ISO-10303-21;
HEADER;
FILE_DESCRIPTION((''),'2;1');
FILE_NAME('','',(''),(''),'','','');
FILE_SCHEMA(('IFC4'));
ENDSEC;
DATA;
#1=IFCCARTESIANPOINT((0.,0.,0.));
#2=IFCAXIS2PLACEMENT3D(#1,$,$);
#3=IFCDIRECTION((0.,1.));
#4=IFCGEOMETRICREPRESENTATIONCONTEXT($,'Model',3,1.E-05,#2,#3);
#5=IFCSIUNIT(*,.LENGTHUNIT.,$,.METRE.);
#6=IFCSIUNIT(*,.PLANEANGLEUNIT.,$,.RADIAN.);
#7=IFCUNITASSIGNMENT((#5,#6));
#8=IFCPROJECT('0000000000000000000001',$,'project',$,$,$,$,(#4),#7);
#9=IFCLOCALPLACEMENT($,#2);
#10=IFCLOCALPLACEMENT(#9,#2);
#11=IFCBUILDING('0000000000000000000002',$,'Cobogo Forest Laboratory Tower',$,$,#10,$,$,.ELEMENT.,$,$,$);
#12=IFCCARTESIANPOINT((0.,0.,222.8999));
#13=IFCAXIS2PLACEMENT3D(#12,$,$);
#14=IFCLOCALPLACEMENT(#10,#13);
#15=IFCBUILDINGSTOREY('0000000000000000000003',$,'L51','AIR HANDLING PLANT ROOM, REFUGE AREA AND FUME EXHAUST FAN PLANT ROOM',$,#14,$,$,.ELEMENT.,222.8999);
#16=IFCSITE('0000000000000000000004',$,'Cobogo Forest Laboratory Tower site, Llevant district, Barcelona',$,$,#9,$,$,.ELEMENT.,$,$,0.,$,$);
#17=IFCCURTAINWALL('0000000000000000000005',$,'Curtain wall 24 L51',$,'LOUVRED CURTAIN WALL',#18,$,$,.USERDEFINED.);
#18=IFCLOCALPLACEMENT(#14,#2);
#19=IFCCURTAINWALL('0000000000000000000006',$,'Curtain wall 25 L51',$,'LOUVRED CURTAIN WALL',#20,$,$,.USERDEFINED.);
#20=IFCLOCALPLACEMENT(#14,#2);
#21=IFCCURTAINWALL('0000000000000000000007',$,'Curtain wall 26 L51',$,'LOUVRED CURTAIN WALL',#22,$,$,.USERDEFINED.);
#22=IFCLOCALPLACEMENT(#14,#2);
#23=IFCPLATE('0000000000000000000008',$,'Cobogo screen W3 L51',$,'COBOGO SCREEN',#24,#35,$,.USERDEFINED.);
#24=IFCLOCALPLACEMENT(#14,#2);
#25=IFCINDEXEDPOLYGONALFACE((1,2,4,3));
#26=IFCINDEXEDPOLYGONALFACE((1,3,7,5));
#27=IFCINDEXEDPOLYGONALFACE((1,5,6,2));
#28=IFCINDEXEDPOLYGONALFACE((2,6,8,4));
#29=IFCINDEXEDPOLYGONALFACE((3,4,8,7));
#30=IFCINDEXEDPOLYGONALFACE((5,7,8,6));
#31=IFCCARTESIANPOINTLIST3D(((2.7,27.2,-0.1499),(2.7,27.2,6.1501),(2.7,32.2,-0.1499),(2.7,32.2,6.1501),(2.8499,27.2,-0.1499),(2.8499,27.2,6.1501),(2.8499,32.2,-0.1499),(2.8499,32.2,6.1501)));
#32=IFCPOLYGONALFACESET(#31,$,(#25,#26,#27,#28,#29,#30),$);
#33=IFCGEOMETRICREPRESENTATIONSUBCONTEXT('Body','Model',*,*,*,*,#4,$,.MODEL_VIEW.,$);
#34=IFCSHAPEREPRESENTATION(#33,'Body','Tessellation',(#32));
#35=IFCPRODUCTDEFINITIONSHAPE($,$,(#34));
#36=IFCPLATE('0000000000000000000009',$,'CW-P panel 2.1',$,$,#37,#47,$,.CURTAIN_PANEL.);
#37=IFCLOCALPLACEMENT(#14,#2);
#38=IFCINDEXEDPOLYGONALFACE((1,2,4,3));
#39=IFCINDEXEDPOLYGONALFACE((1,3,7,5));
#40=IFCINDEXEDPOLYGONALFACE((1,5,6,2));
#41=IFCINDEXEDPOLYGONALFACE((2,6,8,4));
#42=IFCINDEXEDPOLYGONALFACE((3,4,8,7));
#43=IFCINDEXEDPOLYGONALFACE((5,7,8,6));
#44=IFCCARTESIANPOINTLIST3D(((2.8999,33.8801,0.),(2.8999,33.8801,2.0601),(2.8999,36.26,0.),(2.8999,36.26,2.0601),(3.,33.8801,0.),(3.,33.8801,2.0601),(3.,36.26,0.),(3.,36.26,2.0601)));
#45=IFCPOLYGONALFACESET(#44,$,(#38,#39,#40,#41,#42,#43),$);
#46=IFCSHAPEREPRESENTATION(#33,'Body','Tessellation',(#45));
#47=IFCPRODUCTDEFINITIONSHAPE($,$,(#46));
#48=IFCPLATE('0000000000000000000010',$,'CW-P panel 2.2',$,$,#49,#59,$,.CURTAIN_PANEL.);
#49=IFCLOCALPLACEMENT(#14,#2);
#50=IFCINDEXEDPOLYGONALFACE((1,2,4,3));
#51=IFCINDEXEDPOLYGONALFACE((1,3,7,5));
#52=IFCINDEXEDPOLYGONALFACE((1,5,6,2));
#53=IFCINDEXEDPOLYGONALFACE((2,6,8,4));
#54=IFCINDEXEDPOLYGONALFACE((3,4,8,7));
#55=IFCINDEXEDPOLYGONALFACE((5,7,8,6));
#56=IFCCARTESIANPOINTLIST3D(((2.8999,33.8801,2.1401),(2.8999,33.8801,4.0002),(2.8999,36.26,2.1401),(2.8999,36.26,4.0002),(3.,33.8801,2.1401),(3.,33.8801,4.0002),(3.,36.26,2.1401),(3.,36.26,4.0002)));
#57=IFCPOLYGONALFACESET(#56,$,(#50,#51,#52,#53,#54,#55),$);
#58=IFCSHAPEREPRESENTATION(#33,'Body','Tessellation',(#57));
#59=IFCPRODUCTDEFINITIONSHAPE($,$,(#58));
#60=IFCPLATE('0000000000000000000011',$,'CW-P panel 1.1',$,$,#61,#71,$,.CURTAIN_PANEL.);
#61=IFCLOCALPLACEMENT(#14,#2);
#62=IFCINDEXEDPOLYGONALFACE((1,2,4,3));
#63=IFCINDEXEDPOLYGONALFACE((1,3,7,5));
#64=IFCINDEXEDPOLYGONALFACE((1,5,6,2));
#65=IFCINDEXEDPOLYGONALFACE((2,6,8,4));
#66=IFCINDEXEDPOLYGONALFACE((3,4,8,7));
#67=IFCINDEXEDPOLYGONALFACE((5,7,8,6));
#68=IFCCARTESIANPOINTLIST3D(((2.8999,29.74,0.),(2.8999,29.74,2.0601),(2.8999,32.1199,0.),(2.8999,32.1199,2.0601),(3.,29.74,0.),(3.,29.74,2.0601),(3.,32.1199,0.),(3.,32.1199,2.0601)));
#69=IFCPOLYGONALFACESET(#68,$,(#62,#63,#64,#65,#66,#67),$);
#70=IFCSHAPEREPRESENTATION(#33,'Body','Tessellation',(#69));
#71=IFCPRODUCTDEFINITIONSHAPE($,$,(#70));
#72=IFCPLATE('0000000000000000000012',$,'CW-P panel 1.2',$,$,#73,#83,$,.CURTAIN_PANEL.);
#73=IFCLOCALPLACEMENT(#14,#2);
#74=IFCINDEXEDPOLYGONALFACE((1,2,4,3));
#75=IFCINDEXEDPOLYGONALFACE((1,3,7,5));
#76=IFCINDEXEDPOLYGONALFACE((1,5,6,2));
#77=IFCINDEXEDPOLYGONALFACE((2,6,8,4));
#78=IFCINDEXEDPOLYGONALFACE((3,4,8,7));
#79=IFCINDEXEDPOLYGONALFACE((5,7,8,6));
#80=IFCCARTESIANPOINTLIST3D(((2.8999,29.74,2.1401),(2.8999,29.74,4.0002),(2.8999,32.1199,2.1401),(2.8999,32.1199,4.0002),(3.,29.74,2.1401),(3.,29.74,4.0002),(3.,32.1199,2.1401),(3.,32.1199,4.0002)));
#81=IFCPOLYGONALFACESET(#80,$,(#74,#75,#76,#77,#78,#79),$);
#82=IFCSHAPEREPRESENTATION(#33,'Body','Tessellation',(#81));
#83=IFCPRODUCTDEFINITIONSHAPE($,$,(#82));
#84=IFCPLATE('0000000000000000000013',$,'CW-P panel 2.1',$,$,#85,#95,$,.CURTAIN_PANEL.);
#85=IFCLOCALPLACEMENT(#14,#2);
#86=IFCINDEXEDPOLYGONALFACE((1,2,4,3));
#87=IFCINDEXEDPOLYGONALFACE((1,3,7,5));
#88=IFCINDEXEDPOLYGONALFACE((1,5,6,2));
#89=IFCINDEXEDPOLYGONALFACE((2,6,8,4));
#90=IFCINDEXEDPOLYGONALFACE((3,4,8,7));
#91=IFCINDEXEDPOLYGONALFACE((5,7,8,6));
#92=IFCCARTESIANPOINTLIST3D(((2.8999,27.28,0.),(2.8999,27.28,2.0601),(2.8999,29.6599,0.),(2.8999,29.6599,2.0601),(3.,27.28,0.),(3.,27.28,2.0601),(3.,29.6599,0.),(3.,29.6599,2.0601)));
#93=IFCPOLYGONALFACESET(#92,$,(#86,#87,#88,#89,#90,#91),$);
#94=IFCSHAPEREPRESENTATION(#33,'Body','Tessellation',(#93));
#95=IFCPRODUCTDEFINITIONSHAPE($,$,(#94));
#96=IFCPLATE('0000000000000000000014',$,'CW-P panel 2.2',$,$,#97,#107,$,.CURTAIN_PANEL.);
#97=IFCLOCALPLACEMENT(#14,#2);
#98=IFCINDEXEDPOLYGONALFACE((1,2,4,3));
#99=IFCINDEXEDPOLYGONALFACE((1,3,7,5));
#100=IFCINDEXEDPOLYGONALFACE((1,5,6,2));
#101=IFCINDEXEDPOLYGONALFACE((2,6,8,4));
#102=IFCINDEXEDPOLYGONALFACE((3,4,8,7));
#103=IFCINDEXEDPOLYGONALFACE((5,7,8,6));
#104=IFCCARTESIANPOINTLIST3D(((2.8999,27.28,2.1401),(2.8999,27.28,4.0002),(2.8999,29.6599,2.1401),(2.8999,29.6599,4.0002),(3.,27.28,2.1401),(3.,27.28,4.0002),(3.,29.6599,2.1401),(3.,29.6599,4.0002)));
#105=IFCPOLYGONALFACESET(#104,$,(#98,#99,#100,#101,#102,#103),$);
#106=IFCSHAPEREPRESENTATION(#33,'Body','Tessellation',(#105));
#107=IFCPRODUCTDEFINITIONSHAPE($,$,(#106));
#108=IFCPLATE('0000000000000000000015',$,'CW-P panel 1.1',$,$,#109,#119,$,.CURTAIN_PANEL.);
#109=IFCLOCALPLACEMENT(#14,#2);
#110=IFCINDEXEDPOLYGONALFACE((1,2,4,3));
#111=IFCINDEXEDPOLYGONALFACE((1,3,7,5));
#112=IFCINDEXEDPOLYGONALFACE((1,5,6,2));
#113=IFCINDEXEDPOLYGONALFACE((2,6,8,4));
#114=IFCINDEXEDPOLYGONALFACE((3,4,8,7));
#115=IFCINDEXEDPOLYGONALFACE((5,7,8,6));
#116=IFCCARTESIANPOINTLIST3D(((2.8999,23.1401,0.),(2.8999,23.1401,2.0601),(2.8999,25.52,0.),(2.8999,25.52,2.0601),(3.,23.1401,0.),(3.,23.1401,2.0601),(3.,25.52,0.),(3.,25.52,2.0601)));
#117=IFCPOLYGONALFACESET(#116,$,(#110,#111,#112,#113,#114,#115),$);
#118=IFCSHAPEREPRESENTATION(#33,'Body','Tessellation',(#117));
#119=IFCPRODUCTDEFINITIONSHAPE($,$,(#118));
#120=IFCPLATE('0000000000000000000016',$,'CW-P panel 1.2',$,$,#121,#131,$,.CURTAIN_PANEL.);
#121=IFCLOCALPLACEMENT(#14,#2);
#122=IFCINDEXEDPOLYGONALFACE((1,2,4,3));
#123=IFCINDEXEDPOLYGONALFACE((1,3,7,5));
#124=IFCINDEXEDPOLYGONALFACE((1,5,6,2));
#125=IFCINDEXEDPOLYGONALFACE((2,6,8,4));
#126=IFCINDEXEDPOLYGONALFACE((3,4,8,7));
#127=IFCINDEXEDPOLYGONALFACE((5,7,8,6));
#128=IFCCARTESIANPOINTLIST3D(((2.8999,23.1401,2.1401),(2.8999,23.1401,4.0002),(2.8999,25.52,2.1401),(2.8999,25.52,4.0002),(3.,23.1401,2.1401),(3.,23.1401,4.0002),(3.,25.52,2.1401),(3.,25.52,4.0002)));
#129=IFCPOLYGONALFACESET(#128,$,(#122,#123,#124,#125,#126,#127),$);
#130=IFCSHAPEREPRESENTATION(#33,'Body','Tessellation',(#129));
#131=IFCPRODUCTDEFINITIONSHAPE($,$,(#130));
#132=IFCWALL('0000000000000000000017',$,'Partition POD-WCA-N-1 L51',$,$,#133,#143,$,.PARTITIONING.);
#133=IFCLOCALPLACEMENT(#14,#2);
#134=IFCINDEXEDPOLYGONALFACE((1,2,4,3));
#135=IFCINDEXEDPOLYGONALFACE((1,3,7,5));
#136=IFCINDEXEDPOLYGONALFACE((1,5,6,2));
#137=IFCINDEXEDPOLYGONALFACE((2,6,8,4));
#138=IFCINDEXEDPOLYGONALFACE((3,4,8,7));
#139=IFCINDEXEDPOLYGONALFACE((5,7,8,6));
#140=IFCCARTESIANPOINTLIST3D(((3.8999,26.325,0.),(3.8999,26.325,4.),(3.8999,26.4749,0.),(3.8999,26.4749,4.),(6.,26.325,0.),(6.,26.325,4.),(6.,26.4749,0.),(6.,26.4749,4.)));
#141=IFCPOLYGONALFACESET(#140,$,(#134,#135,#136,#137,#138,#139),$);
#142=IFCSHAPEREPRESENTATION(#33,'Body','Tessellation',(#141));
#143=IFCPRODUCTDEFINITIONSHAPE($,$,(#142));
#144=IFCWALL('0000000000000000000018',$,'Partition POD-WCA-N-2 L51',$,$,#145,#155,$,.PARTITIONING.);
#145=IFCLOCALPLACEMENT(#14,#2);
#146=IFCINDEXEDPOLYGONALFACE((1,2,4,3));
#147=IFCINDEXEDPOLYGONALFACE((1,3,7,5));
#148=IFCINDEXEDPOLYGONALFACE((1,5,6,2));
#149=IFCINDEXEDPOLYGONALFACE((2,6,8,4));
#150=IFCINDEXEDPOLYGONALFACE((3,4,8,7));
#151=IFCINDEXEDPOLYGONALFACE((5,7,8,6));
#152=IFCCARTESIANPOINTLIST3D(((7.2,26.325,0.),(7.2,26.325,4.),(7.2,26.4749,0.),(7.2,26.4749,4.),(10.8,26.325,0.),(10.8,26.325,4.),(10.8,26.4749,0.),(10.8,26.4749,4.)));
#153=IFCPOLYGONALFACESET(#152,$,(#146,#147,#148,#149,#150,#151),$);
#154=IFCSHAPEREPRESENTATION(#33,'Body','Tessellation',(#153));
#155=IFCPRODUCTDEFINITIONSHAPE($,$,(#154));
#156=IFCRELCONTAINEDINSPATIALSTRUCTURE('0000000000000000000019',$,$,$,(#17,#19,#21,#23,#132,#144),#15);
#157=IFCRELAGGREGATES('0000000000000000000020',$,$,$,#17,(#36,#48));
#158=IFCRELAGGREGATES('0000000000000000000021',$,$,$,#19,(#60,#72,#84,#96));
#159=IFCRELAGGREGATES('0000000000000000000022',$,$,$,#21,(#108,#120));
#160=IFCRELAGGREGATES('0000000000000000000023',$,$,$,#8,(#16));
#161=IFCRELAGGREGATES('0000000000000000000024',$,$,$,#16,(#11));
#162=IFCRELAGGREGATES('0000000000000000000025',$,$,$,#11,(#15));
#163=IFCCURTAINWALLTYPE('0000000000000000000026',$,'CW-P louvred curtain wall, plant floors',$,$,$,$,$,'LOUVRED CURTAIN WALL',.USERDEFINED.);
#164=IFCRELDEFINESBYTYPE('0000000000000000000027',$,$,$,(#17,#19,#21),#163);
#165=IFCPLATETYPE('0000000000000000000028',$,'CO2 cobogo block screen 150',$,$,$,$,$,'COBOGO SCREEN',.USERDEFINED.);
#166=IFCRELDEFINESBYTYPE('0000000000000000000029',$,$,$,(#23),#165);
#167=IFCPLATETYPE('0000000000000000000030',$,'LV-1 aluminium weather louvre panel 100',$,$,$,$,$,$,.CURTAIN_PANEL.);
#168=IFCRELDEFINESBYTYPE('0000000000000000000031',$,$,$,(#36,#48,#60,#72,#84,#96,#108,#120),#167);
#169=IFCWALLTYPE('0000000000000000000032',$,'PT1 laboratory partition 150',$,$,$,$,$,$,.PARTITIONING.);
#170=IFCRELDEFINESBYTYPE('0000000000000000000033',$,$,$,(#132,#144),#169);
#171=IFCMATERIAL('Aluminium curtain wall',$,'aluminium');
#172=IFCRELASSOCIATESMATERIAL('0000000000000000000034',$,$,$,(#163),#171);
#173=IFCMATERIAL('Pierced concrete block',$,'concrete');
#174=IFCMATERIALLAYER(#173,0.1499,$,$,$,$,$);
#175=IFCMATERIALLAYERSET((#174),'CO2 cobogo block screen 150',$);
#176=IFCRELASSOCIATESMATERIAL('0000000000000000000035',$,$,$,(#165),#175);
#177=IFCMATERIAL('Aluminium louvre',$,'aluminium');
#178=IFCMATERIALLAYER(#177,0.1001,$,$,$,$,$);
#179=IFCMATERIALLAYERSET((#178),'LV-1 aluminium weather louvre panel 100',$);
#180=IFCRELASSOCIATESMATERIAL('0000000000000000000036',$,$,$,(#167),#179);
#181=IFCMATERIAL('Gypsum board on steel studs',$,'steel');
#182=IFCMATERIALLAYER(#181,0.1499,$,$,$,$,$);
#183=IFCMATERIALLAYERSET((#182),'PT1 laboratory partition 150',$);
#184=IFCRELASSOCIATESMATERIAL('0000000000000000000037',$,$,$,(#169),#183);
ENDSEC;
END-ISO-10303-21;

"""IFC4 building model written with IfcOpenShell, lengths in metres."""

from ifc_helpers import new_model, si_unit, direction, frame, frame_2d, origin, origin_2d, place, context, subcontext, project, spatial, rectangle, extrude, material, layer, layer_set, type_object, element, aggregate, save


model = new_model("IFC4")

# Units and contexts
model_context = context("Model", 3, precision=1e-05, world=origin(), true_north=direction((0.0, 1.0)))
body_context = subcontext(model_context, "Body", "Model", "MODEL_VIEW")
ifc_project = project(units=[si_unit("LENGTHUNIT", "METRE"), si_unit("PLANEANGLEUNIT", "RADIAN")], contexts=[model_context])

# Site, building, storey
site_placement = place(None, origin())
site = spatial("IfcSite", under=ifc_project, at=site_placement, Name="Cobogo Forest Laboratory Tower site, Llevant district, Barcelona", CompositionType="ELEMENT", RefElevation=0.0)
building_placement = place(site_placement, origin())
building = spatial("IfcBuilding", under=site, at=building_placement, Name="Cobogo Forest Laboratory Tower", CompositionType="ELEMENT")
storey_placement = place(building_placement, frame((0.0, 0.0, 222.8999)))
storey = spatial("IfcBuildingStorey", under=building, at=storey_placement, Name="L51", Description="AIR HANDLING PLANT ROOM, REFUGE AREA AND FUME EXHAUST FAN PLANT ROOM", CompositionType="ELEMENT", Elevation=222.8999)

# Curtain walls
ifc_material_1 = material(Name="Aluminium curtain wall", Category="aluminium")
curtain_wall_type = type_object("IfcCurtainWallType", Name="CW-P louvred curtain wall, plant floors", ElementType="LOUVRED CURTAIN WALL", PredefinedType="USERDEFINED", material=ifc_material_1)
curtain_wall_1_placement = place(storey_placement, origin())
curtain_wall_1 = element("IfcCurtainWall", 1, at=curtain_wall_1_placement, inside=storey, type_object=curtain_wall_type, Name="Curtain wall 24 L51", ObjectType="LOUVRED CURTAIN WALL", PredefinedType="USERDEFINED")
curtain_wall_2_placement = place(storey_placement, origin())
curtain_wall_2 = element("IfcCurtainWall", 2, at=curtain_wall_2_placement, inside=storey, type_object=curtain_wall_type, Name="Curtain wall 25 L51", ObjectType="LOUVRED CURTAIN WALL", PredefinedType="USERDEFINED")

# Curtain wall
curtain_wall_3_placement = place(storey_placement, origin())
curtain_wall_3 = element("IfcCurtainWall", 3, at=curtain_wall_3_placement, inside=storey, type_object=curtain_wall_type, Name="Curtain wall 26 L51", ObjectType="LOUVRED CURTAIN WALL", PredefinedType="USERDEFINED")

# Plates
ifc_material_2 = material(Name="Pierced concrete block", Category="concrete")
ifc_layer_1 = layer(ifc_material_2, 0.1499)
ifc_layer_set_1 = layer_set([ifc_layer_1], Name="CO2 cobogo block screen 150")
plate_type_1 = type_object("IfcPlateType", Name="CO2 cobogo block screen 150", ElementType="COBOGO SCREEN", PredefinedType="USERDEFINED", material=ifc_layer_set_1)
plate_1_placement = place(storey_placement, frame((2.7749, 29.7, -0.1499), z_axis=(0.0, 0.0, 1.0), x_axis=(0.0, 1.0, 0.0)))
element("IfcPlate", 4, at=plate_1_placement, inside=storey, type_object=plate_type_1, Name="Cobogo screen W3 L51", ObjectType="COBOGO SCREEN", PredefinedType="USERDEFINED", context=body_context, shape_type="SweptSolid", body=[
    extrude(rectangle(XDim=5.0, YDim=0.1499, at=origin_2d()), origin(), (0.0, 0.0, 1.0), 6.3),
])
ifc_material_3 = material(Name="Aluminium louvre", Category="aluminium")
ifc_layer_2 = layer(ifc_material_3, 0.1001)
ifc_layer_set_2 = layer_set([ifc_layer_2], Name="LV-1 aluminium weather louvre panel 100")
plate_type_2 = type_object("IfcPlateType", Name="LV-1 aluminium weather louvre panel 100", PredefinedType="CURTAIN_PANEL", material=ifc_layer_set_2)
plate_2_placement = place(storey_placement, frame((2.95, 35.0701, 0.0), z_axis=(0.0, 0.0, 1.0), x_axis=(0.0, -1.0, 0.0)))
plate_2 = element("IfcPlate", 5, at=plate_2_placement, type_object=plate_type_2, Name="CW-P panel 2.1", PredefinedType="CURTAIN_PANEL", context=body_context, shape_type="SweptSolid", body=[
    extrude(rectangle(XDim=2.3799, YDim=0.1001, at=origin_2d()), origin(), (0.0, 0.0, 1.0), 2.0601),
])
plate_3_placement = place(storey_placement, frame((2.95, 35.0701, 2.1401), z_axis=(0.0, 0.0, 1.0), x_axis=(0.0, -1.0, 0.0)))
plate_3 = element("IfcPlate", 6, at=plate_3_placement, type_object=plate_type_2, Name="CW-P panel 2.2", PredefinedType="CURTAIN_PANEL", context=body_context, shape_type="SweptSolid", body=[
    extrude(rectangle(XDim=2.3799, YDim=0.1001, at=origin_2d()), origin(), (0.0, 0.0, 1.0), 1.8601),
])
aggregate(curtain_wall_1, [plate_2, plate_3])
plate_4_placement = place(storey_placement, frame((2.95, 30.9299, 0.0), z_axis=(0.0, 0.0, 1.0), x_axis=(0.0, -1.0, 0.0)))
plate_4 = element("IfcPlate", 7, at=plate_4_placement, type_object=plate_type_2, Name="CW-P panel 1.1", PredefinedType="CURTAIN_PANEL", context=body_context, shape_type="SweptSolid", body=[
    extrude(rectangle(XDim=2.3799, YDim=0.1001, at=origin_2d()), origin(), (0.0, 0.0, 1.0), 2.0601),
])
plate_5_placement = place(storey_placement, frame((2.95, 30.9299, 2.1401), z_axis=(0.0, 0.0, 1.0), x_axis=(0.0, -1.0, 0.0)))
plate_5 = element("IfcPlate", 8, at=plate_5_placement, type_object=plate_type_2, Name="CW-P panel 1.2", PredefinedType="CURTAIN_PANEL", context=body_context, shape_type="SweptSolid", body=[
    extrude(rectangle(XDim=2.3799, YDim=0.1001, at=origin_2d()), origin(), (0.0, 0.0, 1.0), 1.8601),
])
plate_6_placement = place(storey_placement, frame((2.95, 28.47, 0.0), z_axis=(0.0, 0.0, 1.0), x_axis=(0.0, -1.0, 0.0)))
plate_6 = element("IfcPlate", 9, at=plate_6_placement, type_object=plate_type_2, Name="CW-P panel 2.1", PredefinedType="CURTAIN_PANEL", context=body_context, shape_type="SweptSolid", body=[
    extrude(rectangle(XDim=2.3799, YDim=0.1001, at=origin_2d()), origin(), (0.0, 0.0, 1.0), 2.0601),
])
plate_7_placement = place(storey_placement, frame((2.95, 28.47, 2.1401), z_axis=(0.0, 0.0, 1.0), x_axis=(0.0, -1.0, 0.0)))
plate_7 = element("IfcPlate", 10, at=plate_7_placement, type_object=plate_type_2, Name="CW-P panel 2.2", PredefinedType="CURTAIN_PANEL", context=body_context, shape_type="SweptSolid", body=[
    extrude(rectangle(XDim=2.3799, YDim=0.1001, at=origin_2d()), origin(), (0.0, 0.0, 1.0), 1.8601),
])
aggregate(curtain_wall_2, [plate_4, plate_5, plate_6, plate_7])
plate_8_placement = place(storey_placement, frame((2.95, 24.3301, 0.0), z_axis=(0.0, 0.0, 1.0), x_axis=(0.0, -1.0, 0.0)))
plate_8 = element("IfcPlate", 11, at=plate_8_placement, type_object=plate_type_2, Name="CW-P panel 1.1", PredefinedType="CURTAIN_PANEL", context=body_context, shape_type="SweptSolid", body=[
    extrude(rectangle(XDim=2.3799, YDim=0.1001, at=origin_2d()), origin(), (0.0, 0.0, 1.0), 2.0601),
])
plate_9_placement = place(storey_placement, frame((2.95, 24.3301, 2.1401), z_axis=(0.0, 0.0, 1.0), x_axis=(0.0, -1.0, 0.0)))
plate_9 = element("IfcPlate", 12, at=plate_9_placement, type_object=plate_type_2, Name="CW-P panel 1.2", PredefinedType="CURTAIN_PANEL", context=body_context, shape_type="SweptSolid", body=[
    extrude(rectangle(XDim=2.3799, YDim=0.1001, at=origin_2d()), origin(), (0.0, 0.0, 1.0), 1.8601),
])
aggregate(curtain_wall_3, [plate_8, plate_9])

# Walls
ifc_material_4 = material(Name="Gypsum board on steel studs", Category="steel")
ifc_layer_3 = layer(ifc_material_4, 0.1499)
ifc_layer_set_3 = layer_set([ifc_layer_3], Name="PT1 laboratory partition 150")
wall_type = type_object("IfcWallType", Name="PT1 laboratory partition 150", PredefinedType="PARTITIONING", material=ifc_layer_set_3)
wall_1_placement = place(storey_placement, frame((3.8999, 26.3999, 0.0), z_axis=(0.0, 0.0, 1.0), x_axis=(1.0, 0.0, 0.0)))
element("IfcWall", 13, at=wall_1_placement, inside=storey, type_object=wall_type, Name="Partition POD-WCA-N-1 L51", PredefinedType="PARTITIONING", context=body_context, shape_type="SweptSolid", body=[
    extrude(rectangle(XDim=2.1001, YDim=0.1499, at=frame_2d((1.05, 0.0))), origin(), (0.0, 0.0, 1.0), 4.0),
])
wall_2_placement = place(storey_placement, frame((7.2, 26.3999, 0.0), z_axis=(0.0, 0.0, 1.0), x_axis=(1.0, 0.0, 0.0)))
element("IfcWall", 14, at=wall_2_placement, inside=storey, type_object=wall_type, Name="Partition POD-WCA-N-2 L51", PredefinedType="PARTITIONING", context=body_context, shape_type="SweptSolid", body=[
    extrude(rectangle(XDim=3.6001, YDim=0.1499, at=frame_2d((1.8, 0.0))), origin(), (0.0, 0.0, 1.0), 4.0),
])

save(model, "model.ifc")
